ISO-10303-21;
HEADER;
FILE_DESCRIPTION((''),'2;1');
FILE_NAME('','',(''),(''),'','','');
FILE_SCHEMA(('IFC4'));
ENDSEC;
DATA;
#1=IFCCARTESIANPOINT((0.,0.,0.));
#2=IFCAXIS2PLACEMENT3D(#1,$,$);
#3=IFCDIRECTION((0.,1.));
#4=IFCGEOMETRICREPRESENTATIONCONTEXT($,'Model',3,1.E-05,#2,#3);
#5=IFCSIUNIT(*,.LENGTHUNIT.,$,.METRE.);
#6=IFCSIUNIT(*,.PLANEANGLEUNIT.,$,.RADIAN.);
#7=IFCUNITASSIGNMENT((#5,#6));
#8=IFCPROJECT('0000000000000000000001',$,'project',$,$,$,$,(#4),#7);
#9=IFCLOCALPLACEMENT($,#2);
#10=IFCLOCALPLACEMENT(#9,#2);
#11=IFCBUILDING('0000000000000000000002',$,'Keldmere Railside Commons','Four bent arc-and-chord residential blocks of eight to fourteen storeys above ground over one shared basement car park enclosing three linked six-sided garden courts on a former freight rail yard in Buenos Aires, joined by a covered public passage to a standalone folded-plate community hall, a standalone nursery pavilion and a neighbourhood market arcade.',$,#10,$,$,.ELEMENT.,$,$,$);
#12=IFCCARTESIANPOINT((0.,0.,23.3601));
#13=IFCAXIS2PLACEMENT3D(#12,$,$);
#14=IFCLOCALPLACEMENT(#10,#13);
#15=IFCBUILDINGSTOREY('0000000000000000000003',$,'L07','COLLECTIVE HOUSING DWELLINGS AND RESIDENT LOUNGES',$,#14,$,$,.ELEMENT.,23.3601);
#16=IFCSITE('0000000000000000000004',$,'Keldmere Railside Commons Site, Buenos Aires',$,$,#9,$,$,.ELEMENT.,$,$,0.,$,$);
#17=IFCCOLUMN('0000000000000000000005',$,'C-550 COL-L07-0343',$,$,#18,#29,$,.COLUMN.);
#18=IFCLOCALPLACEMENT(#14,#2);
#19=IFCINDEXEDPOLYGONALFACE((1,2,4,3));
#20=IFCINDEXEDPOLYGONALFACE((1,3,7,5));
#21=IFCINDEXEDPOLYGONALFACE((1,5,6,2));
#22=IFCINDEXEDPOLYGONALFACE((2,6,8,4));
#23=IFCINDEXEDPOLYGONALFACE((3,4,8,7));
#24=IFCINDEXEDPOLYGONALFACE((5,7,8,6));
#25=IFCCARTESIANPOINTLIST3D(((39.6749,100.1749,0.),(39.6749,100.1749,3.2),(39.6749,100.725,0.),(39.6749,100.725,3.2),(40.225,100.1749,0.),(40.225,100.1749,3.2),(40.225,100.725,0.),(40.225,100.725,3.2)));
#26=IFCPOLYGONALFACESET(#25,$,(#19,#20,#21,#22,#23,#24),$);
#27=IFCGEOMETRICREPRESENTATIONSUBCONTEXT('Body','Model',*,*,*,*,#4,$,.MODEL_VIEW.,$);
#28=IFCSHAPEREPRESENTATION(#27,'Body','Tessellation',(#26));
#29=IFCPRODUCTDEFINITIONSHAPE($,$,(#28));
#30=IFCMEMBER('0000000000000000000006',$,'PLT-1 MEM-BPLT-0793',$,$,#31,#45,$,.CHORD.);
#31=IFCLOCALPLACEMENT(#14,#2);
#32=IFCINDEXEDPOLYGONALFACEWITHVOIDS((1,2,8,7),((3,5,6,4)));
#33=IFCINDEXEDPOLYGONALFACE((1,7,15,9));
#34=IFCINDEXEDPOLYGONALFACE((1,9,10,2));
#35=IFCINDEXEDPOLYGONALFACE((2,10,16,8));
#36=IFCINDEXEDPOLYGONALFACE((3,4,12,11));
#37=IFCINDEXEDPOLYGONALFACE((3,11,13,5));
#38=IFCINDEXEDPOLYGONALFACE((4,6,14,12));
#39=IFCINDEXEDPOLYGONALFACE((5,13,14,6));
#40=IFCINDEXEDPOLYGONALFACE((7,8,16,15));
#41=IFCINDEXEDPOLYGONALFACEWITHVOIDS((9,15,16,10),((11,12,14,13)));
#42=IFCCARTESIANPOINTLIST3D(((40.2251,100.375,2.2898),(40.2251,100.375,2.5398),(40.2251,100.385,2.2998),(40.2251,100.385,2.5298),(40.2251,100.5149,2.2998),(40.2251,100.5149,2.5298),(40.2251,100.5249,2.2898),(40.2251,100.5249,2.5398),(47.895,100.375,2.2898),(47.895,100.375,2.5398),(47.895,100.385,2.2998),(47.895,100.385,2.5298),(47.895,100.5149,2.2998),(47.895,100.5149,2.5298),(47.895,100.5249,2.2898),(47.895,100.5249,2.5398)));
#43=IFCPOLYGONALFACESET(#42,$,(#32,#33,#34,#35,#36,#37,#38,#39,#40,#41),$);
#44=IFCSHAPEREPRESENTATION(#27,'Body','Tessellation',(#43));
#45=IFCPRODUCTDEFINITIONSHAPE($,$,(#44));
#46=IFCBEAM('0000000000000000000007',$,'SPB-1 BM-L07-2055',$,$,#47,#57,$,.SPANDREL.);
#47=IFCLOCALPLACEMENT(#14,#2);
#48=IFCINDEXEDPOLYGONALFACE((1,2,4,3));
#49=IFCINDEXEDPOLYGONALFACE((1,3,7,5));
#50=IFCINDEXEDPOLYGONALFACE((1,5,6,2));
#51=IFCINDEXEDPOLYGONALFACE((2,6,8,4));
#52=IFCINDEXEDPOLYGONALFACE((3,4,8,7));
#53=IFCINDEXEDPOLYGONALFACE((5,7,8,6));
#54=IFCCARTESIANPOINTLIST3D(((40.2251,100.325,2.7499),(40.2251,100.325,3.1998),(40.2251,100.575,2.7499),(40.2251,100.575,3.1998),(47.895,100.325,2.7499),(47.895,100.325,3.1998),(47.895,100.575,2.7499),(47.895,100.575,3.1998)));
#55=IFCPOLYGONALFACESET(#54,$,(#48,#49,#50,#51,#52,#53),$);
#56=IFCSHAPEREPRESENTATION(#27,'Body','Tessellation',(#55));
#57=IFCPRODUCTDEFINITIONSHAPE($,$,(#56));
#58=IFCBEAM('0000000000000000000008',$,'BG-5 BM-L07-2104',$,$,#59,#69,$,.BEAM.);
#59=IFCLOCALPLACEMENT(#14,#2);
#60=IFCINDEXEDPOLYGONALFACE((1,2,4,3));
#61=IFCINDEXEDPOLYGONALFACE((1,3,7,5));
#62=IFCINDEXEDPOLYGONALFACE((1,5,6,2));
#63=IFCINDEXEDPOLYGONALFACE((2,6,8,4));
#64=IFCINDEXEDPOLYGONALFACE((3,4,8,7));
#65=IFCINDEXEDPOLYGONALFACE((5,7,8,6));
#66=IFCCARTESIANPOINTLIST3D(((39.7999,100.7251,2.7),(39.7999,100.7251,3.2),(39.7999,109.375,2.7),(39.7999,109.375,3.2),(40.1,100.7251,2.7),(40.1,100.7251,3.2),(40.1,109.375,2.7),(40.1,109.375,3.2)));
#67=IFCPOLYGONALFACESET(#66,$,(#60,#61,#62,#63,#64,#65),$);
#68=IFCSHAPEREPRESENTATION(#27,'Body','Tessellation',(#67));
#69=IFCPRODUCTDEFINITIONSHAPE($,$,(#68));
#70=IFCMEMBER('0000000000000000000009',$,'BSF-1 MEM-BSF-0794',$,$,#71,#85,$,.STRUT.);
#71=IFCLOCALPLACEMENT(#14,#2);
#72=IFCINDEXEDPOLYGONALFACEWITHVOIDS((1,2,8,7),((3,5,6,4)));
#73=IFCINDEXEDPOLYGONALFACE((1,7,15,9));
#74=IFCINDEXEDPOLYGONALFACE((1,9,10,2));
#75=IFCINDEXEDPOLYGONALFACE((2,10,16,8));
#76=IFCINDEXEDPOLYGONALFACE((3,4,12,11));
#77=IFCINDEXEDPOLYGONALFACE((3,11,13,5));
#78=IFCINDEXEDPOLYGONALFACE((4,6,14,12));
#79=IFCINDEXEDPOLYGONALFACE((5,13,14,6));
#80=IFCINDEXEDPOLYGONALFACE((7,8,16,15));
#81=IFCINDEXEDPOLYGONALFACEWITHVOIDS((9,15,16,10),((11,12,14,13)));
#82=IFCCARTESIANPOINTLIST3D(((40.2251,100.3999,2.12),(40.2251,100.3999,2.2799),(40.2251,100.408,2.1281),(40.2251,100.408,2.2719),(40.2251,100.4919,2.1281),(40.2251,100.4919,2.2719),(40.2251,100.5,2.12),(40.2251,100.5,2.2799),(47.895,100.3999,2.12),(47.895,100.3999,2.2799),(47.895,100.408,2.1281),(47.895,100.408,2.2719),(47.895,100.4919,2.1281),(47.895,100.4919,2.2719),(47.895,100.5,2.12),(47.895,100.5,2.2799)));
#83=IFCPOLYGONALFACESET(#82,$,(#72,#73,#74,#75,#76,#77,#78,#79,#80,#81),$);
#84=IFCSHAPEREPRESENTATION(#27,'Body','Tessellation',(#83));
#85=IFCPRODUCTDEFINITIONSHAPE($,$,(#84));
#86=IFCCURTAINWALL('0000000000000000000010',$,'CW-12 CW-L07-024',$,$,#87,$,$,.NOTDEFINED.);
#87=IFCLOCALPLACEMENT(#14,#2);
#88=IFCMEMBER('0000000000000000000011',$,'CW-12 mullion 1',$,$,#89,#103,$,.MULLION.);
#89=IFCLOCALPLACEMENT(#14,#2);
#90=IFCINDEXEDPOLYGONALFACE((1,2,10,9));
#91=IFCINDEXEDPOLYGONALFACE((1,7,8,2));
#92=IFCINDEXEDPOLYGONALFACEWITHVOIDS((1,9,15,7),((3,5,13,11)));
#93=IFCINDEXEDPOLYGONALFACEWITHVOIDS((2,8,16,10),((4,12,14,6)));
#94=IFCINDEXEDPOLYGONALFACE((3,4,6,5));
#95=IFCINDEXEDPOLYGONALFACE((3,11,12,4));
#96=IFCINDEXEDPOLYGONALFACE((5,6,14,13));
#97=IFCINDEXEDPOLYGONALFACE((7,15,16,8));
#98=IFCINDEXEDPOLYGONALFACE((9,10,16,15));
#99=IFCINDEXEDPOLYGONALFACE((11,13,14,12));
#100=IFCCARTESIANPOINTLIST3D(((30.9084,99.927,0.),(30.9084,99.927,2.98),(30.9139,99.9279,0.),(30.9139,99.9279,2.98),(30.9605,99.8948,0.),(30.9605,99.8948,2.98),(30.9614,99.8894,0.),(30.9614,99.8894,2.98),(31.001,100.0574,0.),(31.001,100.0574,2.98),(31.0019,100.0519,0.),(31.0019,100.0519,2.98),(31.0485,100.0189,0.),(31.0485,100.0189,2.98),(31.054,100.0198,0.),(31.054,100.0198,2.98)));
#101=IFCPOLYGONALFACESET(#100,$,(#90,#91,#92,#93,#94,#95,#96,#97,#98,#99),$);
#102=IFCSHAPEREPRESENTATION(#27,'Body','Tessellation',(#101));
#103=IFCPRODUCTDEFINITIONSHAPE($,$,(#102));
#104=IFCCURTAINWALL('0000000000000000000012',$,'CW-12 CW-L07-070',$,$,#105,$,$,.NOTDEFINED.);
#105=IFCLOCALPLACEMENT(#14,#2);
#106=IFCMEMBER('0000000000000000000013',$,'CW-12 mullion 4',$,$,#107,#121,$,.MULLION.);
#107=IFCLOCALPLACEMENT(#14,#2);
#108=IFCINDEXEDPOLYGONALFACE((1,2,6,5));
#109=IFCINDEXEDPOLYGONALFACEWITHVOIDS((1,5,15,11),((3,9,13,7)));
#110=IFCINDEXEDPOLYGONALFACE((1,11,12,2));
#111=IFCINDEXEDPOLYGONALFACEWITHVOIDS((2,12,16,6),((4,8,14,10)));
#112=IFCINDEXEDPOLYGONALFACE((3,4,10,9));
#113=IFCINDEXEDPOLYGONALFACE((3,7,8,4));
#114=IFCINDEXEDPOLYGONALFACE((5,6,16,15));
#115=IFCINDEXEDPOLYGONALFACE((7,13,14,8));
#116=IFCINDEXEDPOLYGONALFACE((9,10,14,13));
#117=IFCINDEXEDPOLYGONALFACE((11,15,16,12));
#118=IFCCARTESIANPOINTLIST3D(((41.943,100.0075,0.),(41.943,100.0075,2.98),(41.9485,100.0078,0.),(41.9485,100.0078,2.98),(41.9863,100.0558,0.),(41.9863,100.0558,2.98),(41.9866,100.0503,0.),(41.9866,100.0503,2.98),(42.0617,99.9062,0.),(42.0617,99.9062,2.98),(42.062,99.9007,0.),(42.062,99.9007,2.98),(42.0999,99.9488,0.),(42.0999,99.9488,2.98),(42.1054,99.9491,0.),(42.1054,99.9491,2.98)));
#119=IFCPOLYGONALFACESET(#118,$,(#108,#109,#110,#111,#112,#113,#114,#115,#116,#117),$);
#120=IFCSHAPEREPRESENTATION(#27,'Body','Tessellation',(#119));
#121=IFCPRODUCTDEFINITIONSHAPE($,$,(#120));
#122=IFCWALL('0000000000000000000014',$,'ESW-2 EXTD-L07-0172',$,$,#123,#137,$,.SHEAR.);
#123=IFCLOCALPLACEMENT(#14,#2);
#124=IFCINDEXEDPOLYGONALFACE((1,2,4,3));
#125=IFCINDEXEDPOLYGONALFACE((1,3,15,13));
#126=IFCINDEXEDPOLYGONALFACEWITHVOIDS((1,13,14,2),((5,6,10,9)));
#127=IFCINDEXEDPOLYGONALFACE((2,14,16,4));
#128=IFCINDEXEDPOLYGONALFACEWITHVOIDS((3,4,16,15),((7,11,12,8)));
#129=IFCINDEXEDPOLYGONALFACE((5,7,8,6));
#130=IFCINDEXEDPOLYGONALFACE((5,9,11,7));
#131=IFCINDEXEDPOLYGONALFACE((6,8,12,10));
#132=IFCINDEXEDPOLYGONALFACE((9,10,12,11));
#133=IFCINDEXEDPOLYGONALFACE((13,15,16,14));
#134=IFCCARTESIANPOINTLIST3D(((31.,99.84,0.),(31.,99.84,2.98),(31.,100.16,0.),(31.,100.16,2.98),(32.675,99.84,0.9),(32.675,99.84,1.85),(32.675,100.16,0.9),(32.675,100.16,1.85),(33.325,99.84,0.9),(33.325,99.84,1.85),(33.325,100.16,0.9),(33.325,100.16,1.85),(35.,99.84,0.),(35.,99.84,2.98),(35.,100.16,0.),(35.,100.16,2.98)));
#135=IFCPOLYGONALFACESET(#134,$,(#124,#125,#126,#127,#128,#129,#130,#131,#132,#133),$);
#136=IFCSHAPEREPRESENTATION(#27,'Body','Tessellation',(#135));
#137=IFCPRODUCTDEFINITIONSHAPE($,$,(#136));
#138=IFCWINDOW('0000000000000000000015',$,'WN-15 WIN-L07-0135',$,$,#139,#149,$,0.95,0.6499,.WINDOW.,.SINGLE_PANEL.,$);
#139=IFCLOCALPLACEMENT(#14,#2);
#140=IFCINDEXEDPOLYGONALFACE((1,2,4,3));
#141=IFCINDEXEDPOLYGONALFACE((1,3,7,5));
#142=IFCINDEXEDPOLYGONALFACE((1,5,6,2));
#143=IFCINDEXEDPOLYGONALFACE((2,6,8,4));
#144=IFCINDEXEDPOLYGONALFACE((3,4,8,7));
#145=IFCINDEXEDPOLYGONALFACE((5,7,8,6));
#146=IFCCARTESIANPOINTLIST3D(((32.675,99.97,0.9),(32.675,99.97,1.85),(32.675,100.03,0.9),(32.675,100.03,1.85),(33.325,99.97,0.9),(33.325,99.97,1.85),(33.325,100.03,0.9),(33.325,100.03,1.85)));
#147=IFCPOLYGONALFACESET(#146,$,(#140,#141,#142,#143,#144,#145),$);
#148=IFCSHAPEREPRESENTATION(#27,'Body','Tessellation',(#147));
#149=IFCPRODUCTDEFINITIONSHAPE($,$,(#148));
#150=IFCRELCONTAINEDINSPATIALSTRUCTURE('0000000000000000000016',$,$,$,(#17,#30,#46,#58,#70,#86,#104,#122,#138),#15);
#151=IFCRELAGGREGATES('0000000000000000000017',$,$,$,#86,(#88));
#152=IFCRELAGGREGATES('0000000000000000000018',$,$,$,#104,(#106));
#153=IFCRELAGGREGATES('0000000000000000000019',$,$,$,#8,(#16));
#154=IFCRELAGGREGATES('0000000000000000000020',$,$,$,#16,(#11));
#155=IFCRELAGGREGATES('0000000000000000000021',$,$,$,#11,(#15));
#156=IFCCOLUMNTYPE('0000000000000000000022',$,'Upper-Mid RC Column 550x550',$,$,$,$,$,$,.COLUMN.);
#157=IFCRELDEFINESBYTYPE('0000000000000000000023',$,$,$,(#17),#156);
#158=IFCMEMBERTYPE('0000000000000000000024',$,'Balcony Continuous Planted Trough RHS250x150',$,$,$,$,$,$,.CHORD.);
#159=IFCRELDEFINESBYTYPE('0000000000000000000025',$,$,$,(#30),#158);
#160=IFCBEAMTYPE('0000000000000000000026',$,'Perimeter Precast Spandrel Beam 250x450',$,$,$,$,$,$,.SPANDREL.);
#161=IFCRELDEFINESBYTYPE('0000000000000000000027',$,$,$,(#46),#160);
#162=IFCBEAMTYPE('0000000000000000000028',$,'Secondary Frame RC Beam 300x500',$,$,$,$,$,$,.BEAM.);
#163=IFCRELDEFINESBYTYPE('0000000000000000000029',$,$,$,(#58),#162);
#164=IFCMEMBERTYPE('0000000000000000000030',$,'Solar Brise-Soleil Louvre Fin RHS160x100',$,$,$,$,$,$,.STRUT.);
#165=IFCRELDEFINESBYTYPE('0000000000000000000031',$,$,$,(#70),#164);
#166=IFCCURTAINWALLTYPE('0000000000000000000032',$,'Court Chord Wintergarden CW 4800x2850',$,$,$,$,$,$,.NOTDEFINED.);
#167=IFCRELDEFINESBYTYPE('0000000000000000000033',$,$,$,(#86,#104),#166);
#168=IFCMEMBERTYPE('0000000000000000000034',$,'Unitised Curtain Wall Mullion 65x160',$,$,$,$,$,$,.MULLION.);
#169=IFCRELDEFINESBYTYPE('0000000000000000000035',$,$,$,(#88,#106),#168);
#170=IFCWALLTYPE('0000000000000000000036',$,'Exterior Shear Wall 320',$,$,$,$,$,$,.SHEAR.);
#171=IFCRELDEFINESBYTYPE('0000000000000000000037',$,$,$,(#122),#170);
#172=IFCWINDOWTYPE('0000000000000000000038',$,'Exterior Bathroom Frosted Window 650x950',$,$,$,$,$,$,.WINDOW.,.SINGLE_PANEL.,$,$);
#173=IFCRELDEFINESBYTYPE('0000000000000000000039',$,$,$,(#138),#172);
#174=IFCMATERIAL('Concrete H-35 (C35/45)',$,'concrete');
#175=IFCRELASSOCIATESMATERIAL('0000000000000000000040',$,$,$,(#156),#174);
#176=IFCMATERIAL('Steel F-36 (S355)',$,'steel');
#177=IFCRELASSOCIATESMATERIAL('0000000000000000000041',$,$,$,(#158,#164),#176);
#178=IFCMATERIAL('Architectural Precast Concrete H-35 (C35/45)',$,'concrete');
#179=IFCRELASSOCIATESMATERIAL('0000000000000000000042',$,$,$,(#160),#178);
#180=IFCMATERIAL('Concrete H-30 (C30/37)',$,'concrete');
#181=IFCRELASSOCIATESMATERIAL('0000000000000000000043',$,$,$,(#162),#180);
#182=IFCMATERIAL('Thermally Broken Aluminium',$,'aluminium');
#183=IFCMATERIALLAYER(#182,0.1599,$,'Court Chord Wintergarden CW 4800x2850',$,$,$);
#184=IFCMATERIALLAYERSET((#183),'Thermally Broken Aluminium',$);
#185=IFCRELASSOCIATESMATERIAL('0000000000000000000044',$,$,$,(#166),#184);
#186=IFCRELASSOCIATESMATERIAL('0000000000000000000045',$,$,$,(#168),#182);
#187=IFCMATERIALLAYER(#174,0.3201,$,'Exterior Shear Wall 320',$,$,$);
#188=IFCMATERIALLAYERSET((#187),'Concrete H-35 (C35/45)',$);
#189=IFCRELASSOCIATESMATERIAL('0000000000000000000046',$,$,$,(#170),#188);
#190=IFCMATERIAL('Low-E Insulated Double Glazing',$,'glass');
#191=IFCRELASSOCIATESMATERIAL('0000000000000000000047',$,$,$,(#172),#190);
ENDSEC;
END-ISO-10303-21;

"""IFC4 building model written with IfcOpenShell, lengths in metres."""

from ifc_helpers import new_model, si_unit, direction, frame, frame_2d, origin, origin_2d, place, context, subcontext, project, spatial, rectangle, hollow_rectangle, extrude, material, layer, layer_set, material_profile, profile_set, type_object, element, fill, aggregate, save


model = new_model("IFC4")

# Units and contexts
model_context = context("Model", 3, precision=1e-05, world=origin(), true_north=direction((0.0, 1.0)))
body_context = subcontext(model_context, "Body", "Model", "MODEL_VIEW")
ifc_project = project(units=[si_unit("LENGTHUNIT", "METRE"), si_unit("PLANEANGLEUNIT", "RADIAN")], contexts=[model_context])

# Site, building, storey
site_placement = place(None, origin())
site = spatial("IfcSite", under=ifc_project, at=site_placement, Name="Keldmere Railside Commons Site, Buenos Aires", CompositionType="ELEMENT", RefElevation=0.0)
building_placement = place(site_placement, origin())
building = spatial("IfcBuilding", under=site, at=building_placement, Name="Keldmere Railside Commons", Description="Four bent arc-and-chord residential blocks of eight to fourteen storeys above ground over one shared basement car park enclosing three linked six-sided garden courts on a former freight rail yard in Buenos Aires, joined by a covered public passage to a standalone folded-plate community hall, a standalone nursery pavilion and a neighbourhood market arcade.", CompositionType="ELEMENT")
storey_placement = place(building_placement, frame((0.0, 0.0, 23.3601)))
storey = spatial("IfcBuildingStorey", under=building, at=storey_placement, Name="L07", Description="COLLECTIVE HOUSING DWELLINGS AND RESIDENT LOUNGES", CompositionType="ELEMENT", Elevation=23.3601)

# Column
ifc_material_1 = material(Name="Concrete H-35 (C35/45)", Category="concrete")
ifc_material_profile_1 = material_profile(ifc_material_1, rectangle(XDim=0.55, YDim=0.55, at=origin_2d()), Name="RC-550x550")
ifc_profile_set_1 = profile_set([ifc_material_profile_1], Name="Concrete H-35 (C35/45)")
column_type = type_object("IfcColumnType", Name="Upper-Mid RC Column 550x550", PredefinedType="COLUMN", material=ifc_profile_set_1)
column_placement = place(storey_placement, frame((39.95, 100.45, 0.0), z_axis=(0.0, 0.0, 1.0), x_axis=(1.0, 0.0, 0.0)))
element("IfcColumn", 1, at=column_placement, inside=storey, type_object=column_type, Name="C-550 COL-L07-0343", PredefinedType="COLUMN", context=body_context, shape_type="SweptSolid", body=[
    extrude(rectangle(XDim=0.55, YDim=0.55, at=origin_2d()), origin(), (0.0, 0.0, 1.0), 3.2),
])

# Member
ifc_material_2 = material(Name="Steel F-36 (S355)", Category="steel")
ifc_material_profile_2 = material_profile(ifc_material_2, hollow_rectangle(XDim=0.1499, YDim=0.25, WallThickness=0.01, at=origin_2d()), Name="RHS-250x150x10")
ifc_profile_set_2 = profile_set([ifc_material_profile_2], Name="Steel F-36 (S355)")
member_type_1 = type_object("IfcMemberType", Name="Balcony Continuous Planted Trough RHS250x150", PredefinedType="CHORD", material=ifc_profile_set_2)
member_1_placement = place(storey_placement, frame((40.2251, 100.45, 2.4148), z_axis=(1.0, 0.0, 0.0), x_axis=(0.0, 1.0, 0.0)))
element("IfcMember", 2, at=member_1_placement, inside=storey, type_object=member_type_1, Name="PLT-1 MEM-BPLT-0793", PredefinedType="CHORD", context=body_context, shape_type="SweptSolid", body=[
    extrude(hollow_rectangle(XDim=0.1499, YDim=0.25, WallThickness=0.01, at=origin_2d()), origin(), (0.0, 0.0, 1.0), 7.6699),
])

# Beams
ifc_material_3 = material(Name="Architectural Precast Concrete H-35 (C35/45)", Category="concrete")
ifc_material_profile_3 = material_profile(ifc_material_3, rectangle(XDim=0.25, YDim=0.45, at=origin_2d()), Name="RC-250x450")
ifc_profile_set_3 = profile_set([ifc_material_profile_3], Name="Architectural Precast Concrete H-35 (C35/45)")
beam_type_1 = type_object("IfcBeamType", Name="Perimeter Precast Spandrel Beam 250x450", PredefinedType="SPANDREL", material=ifc_profile_set_3)
beam_1_placement = place(storey_placement, frame((40.2251, 100.45, 2.9749), z_axis=(1.0, 0.0, 0.0), x_axis=(0.0, 1.0, 0.0)))
element("IfcBeam", 3, at=beam_1_placement, inside=storey, type_object=beam_type_1, Name="SPB-1 BM-L07-2055", PredefinedType="SPANDREL", context=body_context, shape_type="SweptSolid", body=[
    extrude(rectangle(XDim=0.25, YDim=0.45, at=origin_2d()), origin(), (0.0, 0.0, 1.0), 7.6699),
])
ifc_material_4 = material(Name="Concrete H-30 (C30/37)", Category="concrete")
ifc_material_profile_4 = material_profile(ifc_material_4, rectangle(XDim=0.3, YDim=0.5, at=origin_2d()), Name="RC-300x500")
ifc_profile_set_4 = profile_set([ifc_material_profile_4], Name="Concrete H-30 (C30/37)")
beam_type_2 = type_object("IfcBeamType", Name="Secondary Frame RC Beam 300x500", PredefinedType="BEAM", material=ifc_profile_set_4)
beam_2_placement = place(storey_placement, frame((39.95, 100.7251, 2.95), z_axis=(0.0, 1.0, 0.0), x_axis=(-1.0, 0.0, 0.0)))
element("IfcBeam", 4, at=beam_2_placement, inside=storey, type_object=beam_type_2, Name="BG-5 BM-L07-2104", PredefinedType="BEAM", context=body_context, shape_type="SweptSolid", body=[
    extrude(rectangle(XDim=0.3, YDim=0.5, at=origin_2d()), origin(), (0.0, 0.0, 1.0), 8.6499),
])

# Member
ifc_material_profile_5 = material_profile(ifc_material_2, hollow_rectangle(XDim=0.1001, YDim=0.1599, WallThickness=0.0081, at=origin_2d()), Name="RHS-160x100x8")
ifc_profile_set_5 = profile_set([ifc_material_profile_5], Name="Steel F-36 (S355)")
member_type_2 = type_object("IfcMemberType", Name="Solar Brise-Soleil Louvre Fin RHS160x100", PredefinedType="STRUT", material=ifc_profile_set_5)
member_2_placement = place(storey_placement, frame((40.2251, 100.45, 2.2), z_axis=(1.0, 0.0, 0.0), x_axis=(0.0, 1.0, 0.0)))
element("IfcMember", 5, at=member_2_placement, inside=storey, type_object=member_type_2, Name="BSF-1 MEM-BSF-0794", PredefinedType="STRUT", context=body_context, shape_type="SweptSolid", body=[
    extrude(hollow_rectangle(XDim=0.1001, YDim=0.1599, WallThickness=0.0081, at=origin_2d()), origin(), (0.0, 0.0, 1.0), 7.6699),
])

# Curtain walls, members
ifc_material_5 = material(Name="Thermally Broken Aluminium", Category="aluminium")
ifc_layer_1 = layer(ifc_material_5, 0.1599, Name="Court Chord Wintergarden CW 4800x2850")
ifc_layer_set_1 = layer_set([ifc_layer_1], Name="Thermally Broken Aluminium")
curtain_wall_type = type_object("IfcCurtainWallType", Name="Court Chord Wintergarden CW 4800x2850", PredefinedType="NOTDEFINED", material=ifc_layer_set_1)
curtain_wall_1_placement = place(storey_placement, origin())
curtain_wall_1 = element("IfcCurtainWall", 6, at=curtain_wall_1_placement, inside=storey, type_object=curtain_wall_type, Name="CW-12 CW-L07-024", PredefinedType="NOTDEFINED")
ifc_material_profile_6 = material_profile(ifc_material_5, hollow_rectangle(XDim=0.0649, YDim=0.1599, WallThickness=0.0039, at=origin_2d()), Name="ALU-MULL-65x160")
ifc_profile_set_6 = profile_set([ifc_material_profile_6], Name="Thermally Broken Aluminium")
member_type_3 = type_object("IfcMemberType", Name="Unitised Curtain Wall Mullion 65x160", PredefinedType="MULLION", material=ifc_profile_set_6)
member_3_placement = place(storey_placement, frame((30.9812, 99.9734, 0.0), z_axis=(0.0, 0.0, 1.0), x_axis=(0.815389, -0.578913, 0.0)))
member_3 = element("IfcMember", 7, at=member_3_placement, type_object=member_type_3, Name="CW-12 mullion 1", PredefinedType="MULLION", context=body_context, shape_type="SweptSolid", body=[
    extrude(hollow_rectangle(XDim=0.0649, YDim=0.1599, WallThickness=0.0039, at=origin_2d()), origin(), (0.0, 0.0, 1.0), 2.98),
])
aggregate(curtain_wall_1, [member_3])
curtain_wall_2_placement = place(storey_placement, origin())
curtain_wall_2 = element("IfcCurtainWall", 8, at=curtain_wall_2_placement, inside=storey, type_object=curtain_wall_type, Name="CW-12 CW-L07-070", PredefinedType="NOTDEFINED")
member_4_placement = place(storey_placement, frame((42.0242, 99.9783, 0.0), z_axis=(0.0, 0.0, 1.0), x_axis=(-0.667559, -0.744557, 0.0)))
member_4 = element("IfcMember", 9, at=member_4_placement, type_object=member_type_3, Name="CW-12 mullion 4", PredefinedType="MULLION", context=body_context, shape_type="SweptSolid", body=[
    extrude(hollow_rectangle(XDim=0.0649, YDim=0.1599, WallThickness=0.0039, at=origin_2d()), origin(), (0.0, 0.0, 1.0), 2.98),
])
aggregate(curtain_wall_2, [member_4])

# Wall, opening, window
ifc_layer_2 = layer(ifc_material_1, 0.3201, Name="Exterior Shear Wall 320")
ifc_layer_set_2 = layer_set([ifc_layer_2], Name="Concrete H-35 (C35/45)")
wall_type_1 = type_object("IfcWallType", Name="Exterior Shear Wall 320", PredefinedType="SHEAR", material=ifc_layer_set_2)
wall_1_placement = place(storey_placement, frame((35.0, 100.0, 0.0), z_axis=(0.0, 0.0, 1.0), x_axis=(-1.0, 0.0, 0.0)))
wall_1 = element("IfcWall", 10, at=wall_1_placement, inside=storey, type_object=wall_type_1, Name="ESW-2 EXTD-L07-0172", PredefinedType="SHEAR", context=body_context, shape_type="SweptSolid", body=[
    extrude(rectangle(XDim=4.0, YDim=0.3201, at=frame_2d((2.0, 0.0))), origin(), (0.0, 0.0, 1.0), 2.98),
])
opening_1_placement = place(wall_1_placement, frame((1.675, 0.0, 0.8999)))
opening_1 = element("IfcOpeningElement", 11, at=opening_1_placement, cuts=wall_1, PredefinedType="OPENING", context=body_context, shape_type="SweptSolid", body=[
    extrude(rectangle(XDim=0.6499, YDim=0.95, at=frame_2d((0.325, 0.4751))), frame((0.0, 0.1699, 0.0), z_axis=(0.0, -1.0, 0.0), x_axis=(1.0, 0.0, 0.0)), (0.0, 0.0, 1.0), 0.3401),
])
ifc_material_6 = material(Name="Low-E Insulated Double Glazing", Category="glass")
window_type_1 = type_object("IfcWindowType", Name="Exterior Bathroom Frosted Window 650x950", PartitioningType="SINGLE_PANEL", PredefinedType="WINDOW", material=ifc_material_6)
window_1_placement = place(opening_1_placement, origin())
window_1 = element("IfcWindow", 12, at=window_1_placement, inside=storey, type_object=window_type_1, Name="WN-15 WIN-L07-0135", OverallHeight=0.95, OverallWidth=0.6499, PartitioningType="SINGLE_PANEL", PredefinedType="WINDOW", context=body_context, shape_type="SweptSolid", body=[
    extrude(rectangle(XDim=0.6499, YDim=0.95, at=frame_2d((0.325, 0.4751))), frame((0.0, 0.03, 0.0), z_axis=(0.0, -1.0, 0.0), x_axis=(1.0, 0.0, 0.0)), (0.0, 0.0, 1.0), 0.0601),
])
fill(opening_1, window_1)

save(model, "model.ifc")
